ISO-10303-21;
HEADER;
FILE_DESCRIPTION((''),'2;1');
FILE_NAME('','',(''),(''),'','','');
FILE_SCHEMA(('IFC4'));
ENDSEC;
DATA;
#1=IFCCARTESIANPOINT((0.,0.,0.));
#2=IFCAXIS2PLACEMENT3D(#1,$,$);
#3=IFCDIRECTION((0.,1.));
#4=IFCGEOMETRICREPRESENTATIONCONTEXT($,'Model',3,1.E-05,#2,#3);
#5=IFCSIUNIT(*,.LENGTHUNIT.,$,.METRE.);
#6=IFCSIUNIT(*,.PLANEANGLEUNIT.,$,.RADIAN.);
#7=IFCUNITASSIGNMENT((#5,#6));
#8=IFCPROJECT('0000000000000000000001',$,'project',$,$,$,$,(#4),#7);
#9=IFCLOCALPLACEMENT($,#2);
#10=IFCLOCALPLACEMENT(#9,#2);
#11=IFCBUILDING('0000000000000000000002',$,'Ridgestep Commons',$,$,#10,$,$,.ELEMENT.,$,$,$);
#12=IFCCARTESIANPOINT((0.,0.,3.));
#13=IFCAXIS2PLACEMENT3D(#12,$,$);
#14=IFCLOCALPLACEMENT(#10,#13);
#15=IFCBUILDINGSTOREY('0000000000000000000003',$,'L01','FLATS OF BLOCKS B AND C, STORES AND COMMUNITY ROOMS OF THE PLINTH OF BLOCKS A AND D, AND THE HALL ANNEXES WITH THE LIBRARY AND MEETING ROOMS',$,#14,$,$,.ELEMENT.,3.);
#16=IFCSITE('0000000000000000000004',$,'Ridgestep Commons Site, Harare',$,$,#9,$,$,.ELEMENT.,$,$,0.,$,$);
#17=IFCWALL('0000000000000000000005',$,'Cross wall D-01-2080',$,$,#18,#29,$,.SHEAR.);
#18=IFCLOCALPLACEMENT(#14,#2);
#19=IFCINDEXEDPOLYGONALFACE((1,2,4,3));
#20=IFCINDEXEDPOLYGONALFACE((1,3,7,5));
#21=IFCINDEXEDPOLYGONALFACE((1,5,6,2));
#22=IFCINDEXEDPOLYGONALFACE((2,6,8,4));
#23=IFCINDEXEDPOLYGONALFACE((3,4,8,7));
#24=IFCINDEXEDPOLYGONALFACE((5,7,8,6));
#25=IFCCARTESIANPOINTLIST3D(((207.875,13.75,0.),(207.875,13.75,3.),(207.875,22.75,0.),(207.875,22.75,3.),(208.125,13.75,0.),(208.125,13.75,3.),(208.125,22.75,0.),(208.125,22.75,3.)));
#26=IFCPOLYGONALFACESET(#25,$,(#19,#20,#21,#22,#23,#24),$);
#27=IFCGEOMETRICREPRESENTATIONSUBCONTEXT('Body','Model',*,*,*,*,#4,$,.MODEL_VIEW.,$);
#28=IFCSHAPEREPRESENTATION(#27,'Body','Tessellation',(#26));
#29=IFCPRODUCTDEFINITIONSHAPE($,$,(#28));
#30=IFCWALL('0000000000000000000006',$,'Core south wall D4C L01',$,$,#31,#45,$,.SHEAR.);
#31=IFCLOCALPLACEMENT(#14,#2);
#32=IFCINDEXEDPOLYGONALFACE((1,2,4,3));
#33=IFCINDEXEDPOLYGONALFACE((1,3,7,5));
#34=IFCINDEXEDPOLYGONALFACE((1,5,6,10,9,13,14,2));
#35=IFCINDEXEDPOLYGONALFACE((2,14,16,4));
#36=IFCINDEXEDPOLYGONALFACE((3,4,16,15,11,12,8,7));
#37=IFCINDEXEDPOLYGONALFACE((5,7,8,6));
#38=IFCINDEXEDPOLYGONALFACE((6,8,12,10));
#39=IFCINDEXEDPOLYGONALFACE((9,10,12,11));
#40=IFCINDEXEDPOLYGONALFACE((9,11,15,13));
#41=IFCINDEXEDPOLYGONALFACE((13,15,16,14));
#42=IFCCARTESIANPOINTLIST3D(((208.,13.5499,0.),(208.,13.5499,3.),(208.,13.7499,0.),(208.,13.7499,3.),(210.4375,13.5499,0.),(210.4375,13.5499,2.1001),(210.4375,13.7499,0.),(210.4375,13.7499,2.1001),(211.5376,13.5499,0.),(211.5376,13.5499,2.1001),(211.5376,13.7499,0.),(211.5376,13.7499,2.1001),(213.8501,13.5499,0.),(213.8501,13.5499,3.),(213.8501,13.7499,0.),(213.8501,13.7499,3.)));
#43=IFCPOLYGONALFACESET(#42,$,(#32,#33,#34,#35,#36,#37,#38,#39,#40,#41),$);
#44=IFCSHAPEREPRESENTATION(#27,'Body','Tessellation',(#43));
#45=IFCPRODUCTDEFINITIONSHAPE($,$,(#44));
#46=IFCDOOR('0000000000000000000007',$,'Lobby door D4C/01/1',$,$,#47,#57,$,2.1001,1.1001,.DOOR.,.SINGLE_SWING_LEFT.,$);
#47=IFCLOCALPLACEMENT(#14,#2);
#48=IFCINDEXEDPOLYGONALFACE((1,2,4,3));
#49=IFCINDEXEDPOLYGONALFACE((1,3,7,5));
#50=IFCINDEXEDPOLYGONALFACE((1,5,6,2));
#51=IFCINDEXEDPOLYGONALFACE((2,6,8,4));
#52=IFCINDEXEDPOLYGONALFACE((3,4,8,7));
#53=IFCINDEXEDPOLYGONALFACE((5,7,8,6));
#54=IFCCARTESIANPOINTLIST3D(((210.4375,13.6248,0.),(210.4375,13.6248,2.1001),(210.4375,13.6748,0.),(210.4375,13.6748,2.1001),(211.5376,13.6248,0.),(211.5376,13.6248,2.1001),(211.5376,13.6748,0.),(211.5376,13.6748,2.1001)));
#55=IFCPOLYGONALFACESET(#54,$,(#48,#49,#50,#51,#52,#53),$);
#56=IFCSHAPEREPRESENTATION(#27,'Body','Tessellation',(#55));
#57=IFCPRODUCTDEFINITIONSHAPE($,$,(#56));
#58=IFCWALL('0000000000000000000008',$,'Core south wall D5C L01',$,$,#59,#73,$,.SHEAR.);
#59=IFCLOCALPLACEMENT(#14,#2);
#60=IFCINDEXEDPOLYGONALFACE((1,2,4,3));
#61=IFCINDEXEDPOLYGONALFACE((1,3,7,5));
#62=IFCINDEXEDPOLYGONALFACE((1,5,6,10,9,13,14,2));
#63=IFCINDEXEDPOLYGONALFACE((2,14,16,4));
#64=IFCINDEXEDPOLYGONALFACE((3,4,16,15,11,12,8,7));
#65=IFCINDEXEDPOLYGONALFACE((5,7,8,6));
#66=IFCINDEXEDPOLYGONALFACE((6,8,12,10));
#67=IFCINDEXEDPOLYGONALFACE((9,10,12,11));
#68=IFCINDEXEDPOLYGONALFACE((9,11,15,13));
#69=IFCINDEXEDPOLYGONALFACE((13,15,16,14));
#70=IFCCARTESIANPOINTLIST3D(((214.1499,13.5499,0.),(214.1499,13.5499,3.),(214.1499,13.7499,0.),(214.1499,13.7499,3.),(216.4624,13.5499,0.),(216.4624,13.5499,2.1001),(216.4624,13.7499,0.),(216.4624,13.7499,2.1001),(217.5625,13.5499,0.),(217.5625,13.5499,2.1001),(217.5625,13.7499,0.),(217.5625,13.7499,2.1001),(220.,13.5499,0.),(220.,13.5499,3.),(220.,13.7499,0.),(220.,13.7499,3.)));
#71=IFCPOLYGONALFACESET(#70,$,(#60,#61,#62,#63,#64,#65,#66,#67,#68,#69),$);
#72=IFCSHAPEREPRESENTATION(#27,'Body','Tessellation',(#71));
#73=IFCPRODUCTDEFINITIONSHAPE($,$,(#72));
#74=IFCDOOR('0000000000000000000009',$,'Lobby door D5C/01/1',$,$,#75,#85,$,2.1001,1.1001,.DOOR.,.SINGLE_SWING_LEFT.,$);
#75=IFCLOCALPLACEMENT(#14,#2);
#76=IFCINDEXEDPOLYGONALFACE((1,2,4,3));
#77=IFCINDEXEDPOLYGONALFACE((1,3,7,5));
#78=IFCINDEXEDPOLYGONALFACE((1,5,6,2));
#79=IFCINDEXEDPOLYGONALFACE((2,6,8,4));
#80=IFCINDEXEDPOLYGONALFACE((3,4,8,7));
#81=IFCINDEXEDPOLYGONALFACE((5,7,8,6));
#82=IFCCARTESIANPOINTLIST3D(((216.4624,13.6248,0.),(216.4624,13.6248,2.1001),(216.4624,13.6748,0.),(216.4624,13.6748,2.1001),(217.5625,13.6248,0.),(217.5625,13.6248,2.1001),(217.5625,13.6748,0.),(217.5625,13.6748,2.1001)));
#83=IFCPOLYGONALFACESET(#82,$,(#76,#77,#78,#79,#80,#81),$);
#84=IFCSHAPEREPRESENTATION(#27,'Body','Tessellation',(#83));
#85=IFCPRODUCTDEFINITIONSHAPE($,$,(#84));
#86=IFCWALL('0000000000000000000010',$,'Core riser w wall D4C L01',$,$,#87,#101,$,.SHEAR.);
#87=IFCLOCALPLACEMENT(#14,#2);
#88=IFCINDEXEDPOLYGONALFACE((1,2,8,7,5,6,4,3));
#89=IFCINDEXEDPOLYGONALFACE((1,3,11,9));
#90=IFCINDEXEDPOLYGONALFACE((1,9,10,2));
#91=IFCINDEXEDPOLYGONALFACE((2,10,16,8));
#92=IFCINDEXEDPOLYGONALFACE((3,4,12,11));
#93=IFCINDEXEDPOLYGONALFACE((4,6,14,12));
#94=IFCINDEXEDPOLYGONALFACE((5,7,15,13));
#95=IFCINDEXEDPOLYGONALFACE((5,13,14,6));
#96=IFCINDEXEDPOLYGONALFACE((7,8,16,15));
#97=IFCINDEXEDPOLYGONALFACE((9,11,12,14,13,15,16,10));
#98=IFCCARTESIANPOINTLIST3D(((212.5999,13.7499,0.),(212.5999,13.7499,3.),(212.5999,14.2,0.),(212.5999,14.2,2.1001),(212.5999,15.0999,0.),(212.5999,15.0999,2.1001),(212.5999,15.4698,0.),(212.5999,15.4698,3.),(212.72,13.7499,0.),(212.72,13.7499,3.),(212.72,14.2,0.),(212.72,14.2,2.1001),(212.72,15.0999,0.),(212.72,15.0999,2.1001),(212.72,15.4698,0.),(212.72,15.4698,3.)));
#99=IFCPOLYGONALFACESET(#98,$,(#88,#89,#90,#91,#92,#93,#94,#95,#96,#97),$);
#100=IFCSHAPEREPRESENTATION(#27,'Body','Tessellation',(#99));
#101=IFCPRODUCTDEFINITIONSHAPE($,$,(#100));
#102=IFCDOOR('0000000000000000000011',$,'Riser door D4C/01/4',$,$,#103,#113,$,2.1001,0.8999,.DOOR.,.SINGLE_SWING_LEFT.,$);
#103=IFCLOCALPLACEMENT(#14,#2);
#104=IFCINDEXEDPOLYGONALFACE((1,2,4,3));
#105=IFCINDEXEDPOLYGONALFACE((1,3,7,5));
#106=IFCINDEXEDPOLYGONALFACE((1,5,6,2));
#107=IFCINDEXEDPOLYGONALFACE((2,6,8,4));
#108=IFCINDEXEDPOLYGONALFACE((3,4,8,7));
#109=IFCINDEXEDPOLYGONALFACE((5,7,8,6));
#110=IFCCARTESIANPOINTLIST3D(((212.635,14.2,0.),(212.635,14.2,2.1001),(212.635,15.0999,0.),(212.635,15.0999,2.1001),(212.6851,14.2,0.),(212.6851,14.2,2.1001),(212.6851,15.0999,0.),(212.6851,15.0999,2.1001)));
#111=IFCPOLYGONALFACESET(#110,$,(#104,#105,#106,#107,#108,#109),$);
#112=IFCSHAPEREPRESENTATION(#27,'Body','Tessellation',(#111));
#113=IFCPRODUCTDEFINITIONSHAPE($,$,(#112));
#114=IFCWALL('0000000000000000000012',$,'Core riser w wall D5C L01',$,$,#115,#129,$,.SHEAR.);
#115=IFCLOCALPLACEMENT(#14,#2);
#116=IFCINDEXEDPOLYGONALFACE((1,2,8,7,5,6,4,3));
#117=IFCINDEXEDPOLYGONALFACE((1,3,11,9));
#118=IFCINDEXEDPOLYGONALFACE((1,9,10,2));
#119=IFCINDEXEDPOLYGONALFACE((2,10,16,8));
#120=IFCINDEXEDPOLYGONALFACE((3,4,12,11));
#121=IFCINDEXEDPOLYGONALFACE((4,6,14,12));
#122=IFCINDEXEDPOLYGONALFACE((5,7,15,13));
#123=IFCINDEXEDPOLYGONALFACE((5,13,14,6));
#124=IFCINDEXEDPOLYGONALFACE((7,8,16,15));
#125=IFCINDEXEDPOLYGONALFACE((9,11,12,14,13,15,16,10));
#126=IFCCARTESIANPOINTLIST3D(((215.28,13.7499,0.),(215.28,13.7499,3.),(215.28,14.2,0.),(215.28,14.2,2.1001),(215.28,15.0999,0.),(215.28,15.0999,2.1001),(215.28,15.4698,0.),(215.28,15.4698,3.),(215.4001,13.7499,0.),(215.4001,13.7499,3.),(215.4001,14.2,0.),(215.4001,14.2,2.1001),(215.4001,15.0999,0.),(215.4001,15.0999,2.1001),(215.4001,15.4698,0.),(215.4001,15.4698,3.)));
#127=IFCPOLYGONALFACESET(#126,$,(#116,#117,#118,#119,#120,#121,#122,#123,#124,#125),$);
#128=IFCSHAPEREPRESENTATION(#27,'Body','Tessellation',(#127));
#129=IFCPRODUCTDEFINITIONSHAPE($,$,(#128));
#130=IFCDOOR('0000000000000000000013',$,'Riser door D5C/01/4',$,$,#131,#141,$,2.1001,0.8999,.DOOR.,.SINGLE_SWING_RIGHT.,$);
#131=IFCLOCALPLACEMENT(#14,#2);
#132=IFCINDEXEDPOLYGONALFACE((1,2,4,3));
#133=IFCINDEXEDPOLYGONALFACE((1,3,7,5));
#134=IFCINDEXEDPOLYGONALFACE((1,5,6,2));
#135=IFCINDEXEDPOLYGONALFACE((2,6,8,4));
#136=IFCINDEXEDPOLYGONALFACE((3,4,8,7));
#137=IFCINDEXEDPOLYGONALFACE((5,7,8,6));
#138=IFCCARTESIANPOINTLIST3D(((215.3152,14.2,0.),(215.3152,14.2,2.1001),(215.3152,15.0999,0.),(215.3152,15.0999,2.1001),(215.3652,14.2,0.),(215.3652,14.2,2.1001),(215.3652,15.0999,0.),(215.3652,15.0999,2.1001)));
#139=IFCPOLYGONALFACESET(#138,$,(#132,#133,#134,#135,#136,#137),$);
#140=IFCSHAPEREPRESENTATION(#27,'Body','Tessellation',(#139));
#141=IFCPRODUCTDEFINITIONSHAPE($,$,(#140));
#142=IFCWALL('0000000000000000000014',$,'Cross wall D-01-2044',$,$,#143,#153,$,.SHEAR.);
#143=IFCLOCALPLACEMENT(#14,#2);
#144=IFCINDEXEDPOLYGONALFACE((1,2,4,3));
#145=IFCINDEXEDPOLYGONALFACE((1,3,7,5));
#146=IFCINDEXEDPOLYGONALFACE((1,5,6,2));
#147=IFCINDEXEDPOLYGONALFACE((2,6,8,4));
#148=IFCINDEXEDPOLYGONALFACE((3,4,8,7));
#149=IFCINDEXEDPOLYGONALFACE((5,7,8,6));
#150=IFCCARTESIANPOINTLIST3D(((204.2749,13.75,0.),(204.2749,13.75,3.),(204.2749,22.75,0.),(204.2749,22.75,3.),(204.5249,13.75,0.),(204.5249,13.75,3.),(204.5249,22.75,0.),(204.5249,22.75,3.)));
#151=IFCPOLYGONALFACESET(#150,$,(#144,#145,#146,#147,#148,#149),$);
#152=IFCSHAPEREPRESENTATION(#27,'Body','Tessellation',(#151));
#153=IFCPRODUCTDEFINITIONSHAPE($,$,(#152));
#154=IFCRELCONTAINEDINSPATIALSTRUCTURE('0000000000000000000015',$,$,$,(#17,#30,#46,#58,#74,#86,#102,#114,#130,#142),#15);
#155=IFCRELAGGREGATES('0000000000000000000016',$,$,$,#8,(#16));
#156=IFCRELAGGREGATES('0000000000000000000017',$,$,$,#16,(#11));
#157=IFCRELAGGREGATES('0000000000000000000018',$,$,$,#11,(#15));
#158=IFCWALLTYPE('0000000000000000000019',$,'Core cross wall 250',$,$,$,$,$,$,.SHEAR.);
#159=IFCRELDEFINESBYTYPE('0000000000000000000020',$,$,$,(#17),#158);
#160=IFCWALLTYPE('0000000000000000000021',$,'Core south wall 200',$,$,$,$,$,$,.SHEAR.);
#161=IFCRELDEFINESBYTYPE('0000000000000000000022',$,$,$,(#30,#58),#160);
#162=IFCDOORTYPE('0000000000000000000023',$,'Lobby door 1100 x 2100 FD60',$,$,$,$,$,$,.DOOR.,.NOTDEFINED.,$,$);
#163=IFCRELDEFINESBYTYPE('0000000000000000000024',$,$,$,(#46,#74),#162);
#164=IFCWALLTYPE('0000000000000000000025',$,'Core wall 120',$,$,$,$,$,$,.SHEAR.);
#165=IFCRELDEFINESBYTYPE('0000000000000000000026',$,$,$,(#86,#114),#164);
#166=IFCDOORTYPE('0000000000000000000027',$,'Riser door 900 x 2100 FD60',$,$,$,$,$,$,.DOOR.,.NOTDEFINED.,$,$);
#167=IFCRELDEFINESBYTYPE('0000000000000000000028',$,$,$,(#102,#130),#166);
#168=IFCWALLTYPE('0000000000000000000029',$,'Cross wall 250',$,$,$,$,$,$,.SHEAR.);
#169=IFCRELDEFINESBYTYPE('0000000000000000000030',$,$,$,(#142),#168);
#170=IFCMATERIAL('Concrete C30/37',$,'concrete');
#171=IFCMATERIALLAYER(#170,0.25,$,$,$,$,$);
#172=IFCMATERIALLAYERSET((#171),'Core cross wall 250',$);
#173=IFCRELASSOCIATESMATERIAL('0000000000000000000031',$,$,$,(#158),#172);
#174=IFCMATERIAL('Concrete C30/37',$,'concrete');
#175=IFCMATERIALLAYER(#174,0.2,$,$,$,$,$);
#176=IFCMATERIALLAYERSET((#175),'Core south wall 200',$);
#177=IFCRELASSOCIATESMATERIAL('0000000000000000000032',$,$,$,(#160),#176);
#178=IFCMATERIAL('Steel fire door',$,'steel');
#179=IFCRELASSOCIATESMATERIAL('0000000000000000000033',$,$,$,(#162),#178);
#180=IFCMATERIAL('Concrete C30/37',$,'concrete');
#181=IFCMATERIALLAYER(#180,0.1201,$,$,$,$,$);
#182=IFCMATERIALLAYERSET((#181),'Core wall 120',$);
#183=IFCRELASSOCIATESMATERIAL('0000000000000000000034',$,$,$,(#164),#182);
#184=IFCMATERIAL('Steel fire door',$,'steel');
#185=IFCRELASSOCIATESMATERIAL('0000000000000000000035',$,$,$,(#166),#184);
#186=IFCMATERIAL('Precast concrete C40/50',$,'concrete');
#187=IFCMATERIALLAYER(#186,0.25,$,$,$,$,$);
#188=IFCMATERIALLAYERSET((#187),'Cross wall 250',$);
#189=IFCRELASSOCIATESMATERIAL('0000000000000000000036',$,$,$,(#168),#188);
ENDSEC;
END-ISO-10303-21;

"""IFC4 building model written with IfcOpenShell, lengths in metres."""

from ifc_helpers import new_model, si_unit, direction, frame, frame_2d, origin, place, context, subcontext, project, spatial, rectangle, extrude, material, layer, layer_set, type_object, element, fill, save


model = new_model("IFC4")

# Units and contexts
model_context = context("Model", 3, precision=1e-05, world=origin(), true_north=direction((0.0, 1.0)))
body_context = subcontext(model_context, "Body", "Model", "MODEL_VIEW")
ifc_project = project(units=[si_unit("LENGTHUNIT", "METRE"), si_unit("PLANEANGLEUNIT", "RADIAN")], contexts=[model_context])

# Site, building, storey
site_placement = place(None, origin())
site = spatial("IfcSite", under=ifc_project, at=site_placement, Name="Ridgestep Commons Site, Harare", CompositionType="ELEMENT", RefElevation=0.0)
building_placement = place(site_placement, origin())
building = spatial("IfcBuilding", under=site, at=building_placement, Name="Ridgestep Commons", CompositionType="ELEMENT")
storey_placement = place(building_placement, frame((0.0, 0.0, 3.0)))
storey = spatial("IfcBuildingStorey", under=building, at=storey_placement, Name="L01", Description="FLATS OF BLOCKS B AND C, STORES AND COMMUNITY ROOMS OF THE PLINTH OF BLOCKS A AND D, AND THE HALL ANNEXES WITH THE LIBRARY AND MEETING ROOMS", CompositionType="ELEMENT", Elevation=3.0)

# Wall
ifc_material_1 = material(Name="Concrete C30/37", Category="concrete")
ifc_layer_1 = layer(ifc_material_1, 0.25)
ifc_layer_set_1 = layer_set([ifc_layer_1], Name="Core cross wall 250")
wall_type_1 = type_object("IfcWallType", Name="Core cross wall 250", PredefinedType="SHEAR", material=ifc_layer_set_1)
wall_1_placement = place(storey_placement, frame((208.0, 13.75, 0.0), z_axis=(0.0, 0.0, 1.0), x_axis=(0.0, 1.0, 0.0)))
element("IfcWall", 1, at=wall_1_placement, inside=storey, type_object=wall_type_1, Name="Cross wall D-01-2080", PredefinedType="SHEAR", context=body_context, shape_type="SweptSolid", body=[
    extrude(rectangle(XDim=9.0, YDim=0.25, at=frame_2d((4.5, 0.0))), origin(), (0.0, 0.0, 1.0), 3.0),
])

# Walls, openings, doors
ifc_material_2 = material(Name="Concrete C30/37", Category="concrete")
ifc_layer_2 = layer(ifc_material_2, 0.2)
ifc_layer_set_2 = layer_set([ifc_layer_2], Name="Core south wall 200")
wall_type_2 = type_object("IfcWallType", Name="Core south wall 200", PredefinedType="SHEAR", material=ifc_layer_set_2)
wall_2_placement = place(storey_placement, frame((208.0, 13.6499, 0.0), z_axis=(0.0, 0.0, 1.0), x_axis=(1.0, 0.0, 0.0)))
wall_2 = element("IfcWall", 2, at=wall_2_placement, inside=storey, type_object=wall_type_2, Name="Core south wall D4C L01", PredefinedType="SHEAR", context=body_context, shape_type="SweptSolid", body=[
    extrude(rectangle(XDim=5.8501, YDim=0.2, at=frame_2d((2.925, 0.0))), origin(), (0.0, 0.0, 1.0), 3.0),
])
opening_1_placement = place(wall_2_placement, frame((2.4375, 0.0, 0.0)))
opening_1 = element("IfcOpeningElement", 3, at=opening_1_placement, cuts=wall_2, PredefinedType="OPENING", context=body_context, shape_type="SweptSolid", body=[
    extrude(rectangle(XDim=1.1001, YDim=2.1001, at=frame_2d((0.55, 1.05))), frame((0.0, 0.1099, 0.0), z_axis=(0.0, -1.0, 0.0), x_axis=(1.0, 0.0, 0.0)), (0.0, 0.0, 1.0), 0.22),
])
ifc_material_3 = material(Name="Steel fire door", Category="steel")
door_type_1 = type_object("IfcDoorType", Name="Lobby door 1100 x 2100 FD60", OperationType="NOTDEFINED", PredefinedType="DOOR", material=ifc_material_3)
door_1_placement = place(opening_1_placement, origin())
door_1 = element("IfcDoor", 4, at=door_1_placement, inside=storey, type_object=door_type_1, Name="Lobby door D4C/01/1", OperationType="SINGLE_SWING_LEFT", OverallHeight=2.1001, OverallWidth=1.1001, PredefinedType="DOOR", context=body_context, shape_type="SweptSolid", body=[
    extrude(rectangle(XDim=1.1001, YDim=2.1001, at=frame_2d((0.55, 1.05))), frame((0.0, 0.0249, 0.0), z_axis=(0.0, -1.0, 0.0), x_axis=(1.0, 0.0, 0.0)), (0.0, 0.0, 1.0), 0.05),
])
fill(opening_1, door_1)
wall_3_placement = place(storey_placement, frame((214.1499, 13.6499, 0.0), z_axis=(0.0, 0.0, 1.0), x_axis=(1.0, 0.0, 0.0)))
wall_3 = element("IfcWall", 5, at=wall_3_placement, inside=storey, type_object=wall_type_2, Name="Core south wall D5C L01", PredefinedType="SHEAR", context=body_context, shape_type="SweptSolid", body=[
    extrude(rectangle(XDim=5.8501, YDim=0.2, at=frame_2d((2.925, 0.0))), origin(), (0.0, 0.0, 1.0), 3.0),
])
opening_2_placement = place(wall_3_placement, frame((2.3125, 0.0, 0.0)))
opening_2 = element("IfcOpeningElement", 6, at=opening_2_placement, cuts=wall_3, PredefinedType="OPENING", context=body_context, shape_type="SweptSolid", body=[
    extrude(rectangle(XDim=1.1001, YDim=2.1001, at=frame_2d((0.55, 1.05))), frame((0.0, 0.1099, 0.0), z_axis=(0.0, -1.0, 0.0), x_axis=(1.0, 0.0, 0.0)), (0.0, 0.0, 1.0), 0.22),
])
door_2_placement = place(opening_2_placement, origin())
door_2 = element("IfcDoor", 7, at=door_2_placement, inside=storey, type_object=door_type_1, Name="Lobby door D5C/01/1", OperationType="SINGLE_SWING_LEFT", OverallHeight=2.1001, OverallWidth=1.1001, PredefinedType="DOOR", context=body_context, shape_type="SweptSolid", body=[
    extrude(rectangle(XDim=1.1001, YDim=2.1001, at=frame_2d((0.55, 1.05))), frame((0.0, 0.0249, 0.0), z_axis=(0.0, -1.0, 0.0), x_axis=(1.0, 0.0, 0.0)), (0.0, 0.0, 1.0), 0.05),
])
fill(opening_2, door_2)
ifc_material_4 = material(Name="Concrete C30/37", Category="concrete")
ifc_layer_3 = layer(ifc_material_4, 0.1201)
ifc_layer_set_3 = layer_set([ifc_layer_3], Name="Core wall 120")
wall_type_3 = type_object("IfcWallType", Name="Core wall 120", PredefinedType="SHEAR", material=ifc_layer_set_3)
wall_4_placement = place(storey_placement, frame((212.6599, 13.75, 0.0), z_axis=(0.0, 0.0, 1.0), x_axis=(0.0, 1.0, 0.0)))
wall_4 = element("IfcWall", 8, at=wall_4_placement, inside=storey, type_object=wall_type_3, Name="Core riser w wall D4C L01", PredefinedType="SHEAR", context=body_context, shape_type="SweptSolid", body=[
    extrude(rectangle(XDim=1.72, YDim=0.1201, at=frame_2d((0.8599, 0.0))), origin(), (0.0, 0.0, 1.0), 3.0),
])
opening_3_placement = place(wall_4_placement, frame((0.45, 0.0, 0.0)))
opening_3 = element("IfcOpeningElement", 9, at=opening_3_placement, cuts=wall_4, PredefinedType="OPENING", context=body_context, shape_type="SweptSolid", body=[
    extrude(rectangle(XDim=0.8999, YDim=2.1001, at=frame_2d((0.45, 1.05))), frame((0.0, 0.0701, 0.0), z_axis=(0.0, -1.0, 0.0), x_axis=(1.0, 0.0, 0.0)), (0.0, 0.0, 1.0), 0.1401),
])
ifc_material_5 = material(Name="Steel fire door", Category="steel")
door_type_2 = type_object("IfcDoorType", Name="Riser door 900 x 2100 FD60", OperationType="NOTDEFINED", PredefinedType="DOOR", material=ifc_material_5)
door_3_placement = place(opening_3_placement, origin())
door_3 = element("IfcDoor", 10, at=door_3_placement, inside=storey, type_object=door_type_2, Name="Riser door D4C/01/4", OperationType="SINGLE_SWING_LEFT", OverallHeight=2.1001, OverallWidth=0.8999, PredefinedType="DOOR", context=body_context, shape_type="SweptSolid", body=[
    extrude(rectangle(XDim=0.8999, YDim=2.1001, at=frame_2d((0.45, 1.05))), frame((0.0, 0.0249, 0.0), z_axis=(0.0, -1.0, 0.0), x_axis=(1.0, 0.0, 0.0)), (0.0, 0.0, 1.0), 0.05),
])
fill(opening_3, door_3)

# Wall, opening, door
wall_5_placement = place(storey_placement, frame((215.3401, 13.75, 0.0), z_axis=(0.0, 0.0, 1.0), x_axis=(0.0, 1.0, 0.0)))
wall_5 = element("IfcWall", 11, at=wall_5_placement, inside=storey, type_object=wall_type_3, Name="Core riser w wall D5C L01", PredefinedType="SHEAR", context=body_context, shape_type="SweptSolid", body=[
    extrude(rectangle(XDim=1.72, YDim=0.1201, at=frame_2d((0.8599, 0.0))), origin(), (0.0, 0.0, 1.0), 3.0),
])
opening_4_placement = place(wall_5_placement, frame((0.45, 0.0, 0.0)))
opening_4 = element("IfcOpeningElement", 12, at=opening_4_placement, cuts=wall_5, PredefinedType="OPENING", context=body_context, shape_type="SweptSolid", body=[
    extrude(rectangle(XDim=0.8999, YDim=2.1001, at=frame_2d((0.45, 1.05))), frame((0.0, 0.0701, 0.0), z_axis=(0.0, -1.0, 0.0), x_axis=(1.0, 0.0, 0.0)), (0.0, 0.0, 1.0), 0.1401),
])
door_4_placement = place(opening_4_placement, origin())
door_4 = element("IfcDoor", 13, at=door_4_placement, inside=storey, type_object=door_type_2, Name="Riser door D5C/01/4", OperationType="SINGLE_SWING_RIGHT", OverallHeight=2.1001, OverallWidth=0.8999, PredefinedType="DOOR", context=body_context, shape_type="SweptSolid", body=[
    extrude(rectangle(XDim=0.8999, YDim=2.1001, at=frame_2d((0.45, 1.05))), frame((0.0, 0.0249, 0.0), z_axis=(0.0, -1.0, 0.0), x_axis=(1.0, 0.0, 0.0)), (0.0, 0.0, 1.0), 0.05),
])
fill(opening_4, door_4)

# Wall
ifc_material_6 = material(Name="Precast concrete C40/50", Category="concrete")
ifc_layer_4 = layer(ifc_material_6, 0.25)
ifc_layer_set_4 = layer_set([ifc_layer_4], Name="Cross wall 250")
wall_type_4 = type_object("IfcWallType", Name="Cross wall 250", PredefinedType="SHEAR", material=ifc_layer_set_4)
wall_6_placement = place(storey_placement, frame((204.3999, 13.75, 0.0), z_axis=(0.0, 0.0, 1.0), x_axis=(0.0, 1.0, 0.0)))
element("IfcWall", 14, at=wall_6_placement, inside=storey, type_object=wall_type_4, Name="Cross wall D-01-2044", PredefinedType="SHEAR", context=body_context, shape_type="SweptSolid", body=[
    extrude(rectangle(XDim=9.0, YDim=0.25, at=frame_2d((4.5, 0.0))), origin(), (0.0, 0.0, 1.0), 3.0),
])

save(model, "model.ifc")
